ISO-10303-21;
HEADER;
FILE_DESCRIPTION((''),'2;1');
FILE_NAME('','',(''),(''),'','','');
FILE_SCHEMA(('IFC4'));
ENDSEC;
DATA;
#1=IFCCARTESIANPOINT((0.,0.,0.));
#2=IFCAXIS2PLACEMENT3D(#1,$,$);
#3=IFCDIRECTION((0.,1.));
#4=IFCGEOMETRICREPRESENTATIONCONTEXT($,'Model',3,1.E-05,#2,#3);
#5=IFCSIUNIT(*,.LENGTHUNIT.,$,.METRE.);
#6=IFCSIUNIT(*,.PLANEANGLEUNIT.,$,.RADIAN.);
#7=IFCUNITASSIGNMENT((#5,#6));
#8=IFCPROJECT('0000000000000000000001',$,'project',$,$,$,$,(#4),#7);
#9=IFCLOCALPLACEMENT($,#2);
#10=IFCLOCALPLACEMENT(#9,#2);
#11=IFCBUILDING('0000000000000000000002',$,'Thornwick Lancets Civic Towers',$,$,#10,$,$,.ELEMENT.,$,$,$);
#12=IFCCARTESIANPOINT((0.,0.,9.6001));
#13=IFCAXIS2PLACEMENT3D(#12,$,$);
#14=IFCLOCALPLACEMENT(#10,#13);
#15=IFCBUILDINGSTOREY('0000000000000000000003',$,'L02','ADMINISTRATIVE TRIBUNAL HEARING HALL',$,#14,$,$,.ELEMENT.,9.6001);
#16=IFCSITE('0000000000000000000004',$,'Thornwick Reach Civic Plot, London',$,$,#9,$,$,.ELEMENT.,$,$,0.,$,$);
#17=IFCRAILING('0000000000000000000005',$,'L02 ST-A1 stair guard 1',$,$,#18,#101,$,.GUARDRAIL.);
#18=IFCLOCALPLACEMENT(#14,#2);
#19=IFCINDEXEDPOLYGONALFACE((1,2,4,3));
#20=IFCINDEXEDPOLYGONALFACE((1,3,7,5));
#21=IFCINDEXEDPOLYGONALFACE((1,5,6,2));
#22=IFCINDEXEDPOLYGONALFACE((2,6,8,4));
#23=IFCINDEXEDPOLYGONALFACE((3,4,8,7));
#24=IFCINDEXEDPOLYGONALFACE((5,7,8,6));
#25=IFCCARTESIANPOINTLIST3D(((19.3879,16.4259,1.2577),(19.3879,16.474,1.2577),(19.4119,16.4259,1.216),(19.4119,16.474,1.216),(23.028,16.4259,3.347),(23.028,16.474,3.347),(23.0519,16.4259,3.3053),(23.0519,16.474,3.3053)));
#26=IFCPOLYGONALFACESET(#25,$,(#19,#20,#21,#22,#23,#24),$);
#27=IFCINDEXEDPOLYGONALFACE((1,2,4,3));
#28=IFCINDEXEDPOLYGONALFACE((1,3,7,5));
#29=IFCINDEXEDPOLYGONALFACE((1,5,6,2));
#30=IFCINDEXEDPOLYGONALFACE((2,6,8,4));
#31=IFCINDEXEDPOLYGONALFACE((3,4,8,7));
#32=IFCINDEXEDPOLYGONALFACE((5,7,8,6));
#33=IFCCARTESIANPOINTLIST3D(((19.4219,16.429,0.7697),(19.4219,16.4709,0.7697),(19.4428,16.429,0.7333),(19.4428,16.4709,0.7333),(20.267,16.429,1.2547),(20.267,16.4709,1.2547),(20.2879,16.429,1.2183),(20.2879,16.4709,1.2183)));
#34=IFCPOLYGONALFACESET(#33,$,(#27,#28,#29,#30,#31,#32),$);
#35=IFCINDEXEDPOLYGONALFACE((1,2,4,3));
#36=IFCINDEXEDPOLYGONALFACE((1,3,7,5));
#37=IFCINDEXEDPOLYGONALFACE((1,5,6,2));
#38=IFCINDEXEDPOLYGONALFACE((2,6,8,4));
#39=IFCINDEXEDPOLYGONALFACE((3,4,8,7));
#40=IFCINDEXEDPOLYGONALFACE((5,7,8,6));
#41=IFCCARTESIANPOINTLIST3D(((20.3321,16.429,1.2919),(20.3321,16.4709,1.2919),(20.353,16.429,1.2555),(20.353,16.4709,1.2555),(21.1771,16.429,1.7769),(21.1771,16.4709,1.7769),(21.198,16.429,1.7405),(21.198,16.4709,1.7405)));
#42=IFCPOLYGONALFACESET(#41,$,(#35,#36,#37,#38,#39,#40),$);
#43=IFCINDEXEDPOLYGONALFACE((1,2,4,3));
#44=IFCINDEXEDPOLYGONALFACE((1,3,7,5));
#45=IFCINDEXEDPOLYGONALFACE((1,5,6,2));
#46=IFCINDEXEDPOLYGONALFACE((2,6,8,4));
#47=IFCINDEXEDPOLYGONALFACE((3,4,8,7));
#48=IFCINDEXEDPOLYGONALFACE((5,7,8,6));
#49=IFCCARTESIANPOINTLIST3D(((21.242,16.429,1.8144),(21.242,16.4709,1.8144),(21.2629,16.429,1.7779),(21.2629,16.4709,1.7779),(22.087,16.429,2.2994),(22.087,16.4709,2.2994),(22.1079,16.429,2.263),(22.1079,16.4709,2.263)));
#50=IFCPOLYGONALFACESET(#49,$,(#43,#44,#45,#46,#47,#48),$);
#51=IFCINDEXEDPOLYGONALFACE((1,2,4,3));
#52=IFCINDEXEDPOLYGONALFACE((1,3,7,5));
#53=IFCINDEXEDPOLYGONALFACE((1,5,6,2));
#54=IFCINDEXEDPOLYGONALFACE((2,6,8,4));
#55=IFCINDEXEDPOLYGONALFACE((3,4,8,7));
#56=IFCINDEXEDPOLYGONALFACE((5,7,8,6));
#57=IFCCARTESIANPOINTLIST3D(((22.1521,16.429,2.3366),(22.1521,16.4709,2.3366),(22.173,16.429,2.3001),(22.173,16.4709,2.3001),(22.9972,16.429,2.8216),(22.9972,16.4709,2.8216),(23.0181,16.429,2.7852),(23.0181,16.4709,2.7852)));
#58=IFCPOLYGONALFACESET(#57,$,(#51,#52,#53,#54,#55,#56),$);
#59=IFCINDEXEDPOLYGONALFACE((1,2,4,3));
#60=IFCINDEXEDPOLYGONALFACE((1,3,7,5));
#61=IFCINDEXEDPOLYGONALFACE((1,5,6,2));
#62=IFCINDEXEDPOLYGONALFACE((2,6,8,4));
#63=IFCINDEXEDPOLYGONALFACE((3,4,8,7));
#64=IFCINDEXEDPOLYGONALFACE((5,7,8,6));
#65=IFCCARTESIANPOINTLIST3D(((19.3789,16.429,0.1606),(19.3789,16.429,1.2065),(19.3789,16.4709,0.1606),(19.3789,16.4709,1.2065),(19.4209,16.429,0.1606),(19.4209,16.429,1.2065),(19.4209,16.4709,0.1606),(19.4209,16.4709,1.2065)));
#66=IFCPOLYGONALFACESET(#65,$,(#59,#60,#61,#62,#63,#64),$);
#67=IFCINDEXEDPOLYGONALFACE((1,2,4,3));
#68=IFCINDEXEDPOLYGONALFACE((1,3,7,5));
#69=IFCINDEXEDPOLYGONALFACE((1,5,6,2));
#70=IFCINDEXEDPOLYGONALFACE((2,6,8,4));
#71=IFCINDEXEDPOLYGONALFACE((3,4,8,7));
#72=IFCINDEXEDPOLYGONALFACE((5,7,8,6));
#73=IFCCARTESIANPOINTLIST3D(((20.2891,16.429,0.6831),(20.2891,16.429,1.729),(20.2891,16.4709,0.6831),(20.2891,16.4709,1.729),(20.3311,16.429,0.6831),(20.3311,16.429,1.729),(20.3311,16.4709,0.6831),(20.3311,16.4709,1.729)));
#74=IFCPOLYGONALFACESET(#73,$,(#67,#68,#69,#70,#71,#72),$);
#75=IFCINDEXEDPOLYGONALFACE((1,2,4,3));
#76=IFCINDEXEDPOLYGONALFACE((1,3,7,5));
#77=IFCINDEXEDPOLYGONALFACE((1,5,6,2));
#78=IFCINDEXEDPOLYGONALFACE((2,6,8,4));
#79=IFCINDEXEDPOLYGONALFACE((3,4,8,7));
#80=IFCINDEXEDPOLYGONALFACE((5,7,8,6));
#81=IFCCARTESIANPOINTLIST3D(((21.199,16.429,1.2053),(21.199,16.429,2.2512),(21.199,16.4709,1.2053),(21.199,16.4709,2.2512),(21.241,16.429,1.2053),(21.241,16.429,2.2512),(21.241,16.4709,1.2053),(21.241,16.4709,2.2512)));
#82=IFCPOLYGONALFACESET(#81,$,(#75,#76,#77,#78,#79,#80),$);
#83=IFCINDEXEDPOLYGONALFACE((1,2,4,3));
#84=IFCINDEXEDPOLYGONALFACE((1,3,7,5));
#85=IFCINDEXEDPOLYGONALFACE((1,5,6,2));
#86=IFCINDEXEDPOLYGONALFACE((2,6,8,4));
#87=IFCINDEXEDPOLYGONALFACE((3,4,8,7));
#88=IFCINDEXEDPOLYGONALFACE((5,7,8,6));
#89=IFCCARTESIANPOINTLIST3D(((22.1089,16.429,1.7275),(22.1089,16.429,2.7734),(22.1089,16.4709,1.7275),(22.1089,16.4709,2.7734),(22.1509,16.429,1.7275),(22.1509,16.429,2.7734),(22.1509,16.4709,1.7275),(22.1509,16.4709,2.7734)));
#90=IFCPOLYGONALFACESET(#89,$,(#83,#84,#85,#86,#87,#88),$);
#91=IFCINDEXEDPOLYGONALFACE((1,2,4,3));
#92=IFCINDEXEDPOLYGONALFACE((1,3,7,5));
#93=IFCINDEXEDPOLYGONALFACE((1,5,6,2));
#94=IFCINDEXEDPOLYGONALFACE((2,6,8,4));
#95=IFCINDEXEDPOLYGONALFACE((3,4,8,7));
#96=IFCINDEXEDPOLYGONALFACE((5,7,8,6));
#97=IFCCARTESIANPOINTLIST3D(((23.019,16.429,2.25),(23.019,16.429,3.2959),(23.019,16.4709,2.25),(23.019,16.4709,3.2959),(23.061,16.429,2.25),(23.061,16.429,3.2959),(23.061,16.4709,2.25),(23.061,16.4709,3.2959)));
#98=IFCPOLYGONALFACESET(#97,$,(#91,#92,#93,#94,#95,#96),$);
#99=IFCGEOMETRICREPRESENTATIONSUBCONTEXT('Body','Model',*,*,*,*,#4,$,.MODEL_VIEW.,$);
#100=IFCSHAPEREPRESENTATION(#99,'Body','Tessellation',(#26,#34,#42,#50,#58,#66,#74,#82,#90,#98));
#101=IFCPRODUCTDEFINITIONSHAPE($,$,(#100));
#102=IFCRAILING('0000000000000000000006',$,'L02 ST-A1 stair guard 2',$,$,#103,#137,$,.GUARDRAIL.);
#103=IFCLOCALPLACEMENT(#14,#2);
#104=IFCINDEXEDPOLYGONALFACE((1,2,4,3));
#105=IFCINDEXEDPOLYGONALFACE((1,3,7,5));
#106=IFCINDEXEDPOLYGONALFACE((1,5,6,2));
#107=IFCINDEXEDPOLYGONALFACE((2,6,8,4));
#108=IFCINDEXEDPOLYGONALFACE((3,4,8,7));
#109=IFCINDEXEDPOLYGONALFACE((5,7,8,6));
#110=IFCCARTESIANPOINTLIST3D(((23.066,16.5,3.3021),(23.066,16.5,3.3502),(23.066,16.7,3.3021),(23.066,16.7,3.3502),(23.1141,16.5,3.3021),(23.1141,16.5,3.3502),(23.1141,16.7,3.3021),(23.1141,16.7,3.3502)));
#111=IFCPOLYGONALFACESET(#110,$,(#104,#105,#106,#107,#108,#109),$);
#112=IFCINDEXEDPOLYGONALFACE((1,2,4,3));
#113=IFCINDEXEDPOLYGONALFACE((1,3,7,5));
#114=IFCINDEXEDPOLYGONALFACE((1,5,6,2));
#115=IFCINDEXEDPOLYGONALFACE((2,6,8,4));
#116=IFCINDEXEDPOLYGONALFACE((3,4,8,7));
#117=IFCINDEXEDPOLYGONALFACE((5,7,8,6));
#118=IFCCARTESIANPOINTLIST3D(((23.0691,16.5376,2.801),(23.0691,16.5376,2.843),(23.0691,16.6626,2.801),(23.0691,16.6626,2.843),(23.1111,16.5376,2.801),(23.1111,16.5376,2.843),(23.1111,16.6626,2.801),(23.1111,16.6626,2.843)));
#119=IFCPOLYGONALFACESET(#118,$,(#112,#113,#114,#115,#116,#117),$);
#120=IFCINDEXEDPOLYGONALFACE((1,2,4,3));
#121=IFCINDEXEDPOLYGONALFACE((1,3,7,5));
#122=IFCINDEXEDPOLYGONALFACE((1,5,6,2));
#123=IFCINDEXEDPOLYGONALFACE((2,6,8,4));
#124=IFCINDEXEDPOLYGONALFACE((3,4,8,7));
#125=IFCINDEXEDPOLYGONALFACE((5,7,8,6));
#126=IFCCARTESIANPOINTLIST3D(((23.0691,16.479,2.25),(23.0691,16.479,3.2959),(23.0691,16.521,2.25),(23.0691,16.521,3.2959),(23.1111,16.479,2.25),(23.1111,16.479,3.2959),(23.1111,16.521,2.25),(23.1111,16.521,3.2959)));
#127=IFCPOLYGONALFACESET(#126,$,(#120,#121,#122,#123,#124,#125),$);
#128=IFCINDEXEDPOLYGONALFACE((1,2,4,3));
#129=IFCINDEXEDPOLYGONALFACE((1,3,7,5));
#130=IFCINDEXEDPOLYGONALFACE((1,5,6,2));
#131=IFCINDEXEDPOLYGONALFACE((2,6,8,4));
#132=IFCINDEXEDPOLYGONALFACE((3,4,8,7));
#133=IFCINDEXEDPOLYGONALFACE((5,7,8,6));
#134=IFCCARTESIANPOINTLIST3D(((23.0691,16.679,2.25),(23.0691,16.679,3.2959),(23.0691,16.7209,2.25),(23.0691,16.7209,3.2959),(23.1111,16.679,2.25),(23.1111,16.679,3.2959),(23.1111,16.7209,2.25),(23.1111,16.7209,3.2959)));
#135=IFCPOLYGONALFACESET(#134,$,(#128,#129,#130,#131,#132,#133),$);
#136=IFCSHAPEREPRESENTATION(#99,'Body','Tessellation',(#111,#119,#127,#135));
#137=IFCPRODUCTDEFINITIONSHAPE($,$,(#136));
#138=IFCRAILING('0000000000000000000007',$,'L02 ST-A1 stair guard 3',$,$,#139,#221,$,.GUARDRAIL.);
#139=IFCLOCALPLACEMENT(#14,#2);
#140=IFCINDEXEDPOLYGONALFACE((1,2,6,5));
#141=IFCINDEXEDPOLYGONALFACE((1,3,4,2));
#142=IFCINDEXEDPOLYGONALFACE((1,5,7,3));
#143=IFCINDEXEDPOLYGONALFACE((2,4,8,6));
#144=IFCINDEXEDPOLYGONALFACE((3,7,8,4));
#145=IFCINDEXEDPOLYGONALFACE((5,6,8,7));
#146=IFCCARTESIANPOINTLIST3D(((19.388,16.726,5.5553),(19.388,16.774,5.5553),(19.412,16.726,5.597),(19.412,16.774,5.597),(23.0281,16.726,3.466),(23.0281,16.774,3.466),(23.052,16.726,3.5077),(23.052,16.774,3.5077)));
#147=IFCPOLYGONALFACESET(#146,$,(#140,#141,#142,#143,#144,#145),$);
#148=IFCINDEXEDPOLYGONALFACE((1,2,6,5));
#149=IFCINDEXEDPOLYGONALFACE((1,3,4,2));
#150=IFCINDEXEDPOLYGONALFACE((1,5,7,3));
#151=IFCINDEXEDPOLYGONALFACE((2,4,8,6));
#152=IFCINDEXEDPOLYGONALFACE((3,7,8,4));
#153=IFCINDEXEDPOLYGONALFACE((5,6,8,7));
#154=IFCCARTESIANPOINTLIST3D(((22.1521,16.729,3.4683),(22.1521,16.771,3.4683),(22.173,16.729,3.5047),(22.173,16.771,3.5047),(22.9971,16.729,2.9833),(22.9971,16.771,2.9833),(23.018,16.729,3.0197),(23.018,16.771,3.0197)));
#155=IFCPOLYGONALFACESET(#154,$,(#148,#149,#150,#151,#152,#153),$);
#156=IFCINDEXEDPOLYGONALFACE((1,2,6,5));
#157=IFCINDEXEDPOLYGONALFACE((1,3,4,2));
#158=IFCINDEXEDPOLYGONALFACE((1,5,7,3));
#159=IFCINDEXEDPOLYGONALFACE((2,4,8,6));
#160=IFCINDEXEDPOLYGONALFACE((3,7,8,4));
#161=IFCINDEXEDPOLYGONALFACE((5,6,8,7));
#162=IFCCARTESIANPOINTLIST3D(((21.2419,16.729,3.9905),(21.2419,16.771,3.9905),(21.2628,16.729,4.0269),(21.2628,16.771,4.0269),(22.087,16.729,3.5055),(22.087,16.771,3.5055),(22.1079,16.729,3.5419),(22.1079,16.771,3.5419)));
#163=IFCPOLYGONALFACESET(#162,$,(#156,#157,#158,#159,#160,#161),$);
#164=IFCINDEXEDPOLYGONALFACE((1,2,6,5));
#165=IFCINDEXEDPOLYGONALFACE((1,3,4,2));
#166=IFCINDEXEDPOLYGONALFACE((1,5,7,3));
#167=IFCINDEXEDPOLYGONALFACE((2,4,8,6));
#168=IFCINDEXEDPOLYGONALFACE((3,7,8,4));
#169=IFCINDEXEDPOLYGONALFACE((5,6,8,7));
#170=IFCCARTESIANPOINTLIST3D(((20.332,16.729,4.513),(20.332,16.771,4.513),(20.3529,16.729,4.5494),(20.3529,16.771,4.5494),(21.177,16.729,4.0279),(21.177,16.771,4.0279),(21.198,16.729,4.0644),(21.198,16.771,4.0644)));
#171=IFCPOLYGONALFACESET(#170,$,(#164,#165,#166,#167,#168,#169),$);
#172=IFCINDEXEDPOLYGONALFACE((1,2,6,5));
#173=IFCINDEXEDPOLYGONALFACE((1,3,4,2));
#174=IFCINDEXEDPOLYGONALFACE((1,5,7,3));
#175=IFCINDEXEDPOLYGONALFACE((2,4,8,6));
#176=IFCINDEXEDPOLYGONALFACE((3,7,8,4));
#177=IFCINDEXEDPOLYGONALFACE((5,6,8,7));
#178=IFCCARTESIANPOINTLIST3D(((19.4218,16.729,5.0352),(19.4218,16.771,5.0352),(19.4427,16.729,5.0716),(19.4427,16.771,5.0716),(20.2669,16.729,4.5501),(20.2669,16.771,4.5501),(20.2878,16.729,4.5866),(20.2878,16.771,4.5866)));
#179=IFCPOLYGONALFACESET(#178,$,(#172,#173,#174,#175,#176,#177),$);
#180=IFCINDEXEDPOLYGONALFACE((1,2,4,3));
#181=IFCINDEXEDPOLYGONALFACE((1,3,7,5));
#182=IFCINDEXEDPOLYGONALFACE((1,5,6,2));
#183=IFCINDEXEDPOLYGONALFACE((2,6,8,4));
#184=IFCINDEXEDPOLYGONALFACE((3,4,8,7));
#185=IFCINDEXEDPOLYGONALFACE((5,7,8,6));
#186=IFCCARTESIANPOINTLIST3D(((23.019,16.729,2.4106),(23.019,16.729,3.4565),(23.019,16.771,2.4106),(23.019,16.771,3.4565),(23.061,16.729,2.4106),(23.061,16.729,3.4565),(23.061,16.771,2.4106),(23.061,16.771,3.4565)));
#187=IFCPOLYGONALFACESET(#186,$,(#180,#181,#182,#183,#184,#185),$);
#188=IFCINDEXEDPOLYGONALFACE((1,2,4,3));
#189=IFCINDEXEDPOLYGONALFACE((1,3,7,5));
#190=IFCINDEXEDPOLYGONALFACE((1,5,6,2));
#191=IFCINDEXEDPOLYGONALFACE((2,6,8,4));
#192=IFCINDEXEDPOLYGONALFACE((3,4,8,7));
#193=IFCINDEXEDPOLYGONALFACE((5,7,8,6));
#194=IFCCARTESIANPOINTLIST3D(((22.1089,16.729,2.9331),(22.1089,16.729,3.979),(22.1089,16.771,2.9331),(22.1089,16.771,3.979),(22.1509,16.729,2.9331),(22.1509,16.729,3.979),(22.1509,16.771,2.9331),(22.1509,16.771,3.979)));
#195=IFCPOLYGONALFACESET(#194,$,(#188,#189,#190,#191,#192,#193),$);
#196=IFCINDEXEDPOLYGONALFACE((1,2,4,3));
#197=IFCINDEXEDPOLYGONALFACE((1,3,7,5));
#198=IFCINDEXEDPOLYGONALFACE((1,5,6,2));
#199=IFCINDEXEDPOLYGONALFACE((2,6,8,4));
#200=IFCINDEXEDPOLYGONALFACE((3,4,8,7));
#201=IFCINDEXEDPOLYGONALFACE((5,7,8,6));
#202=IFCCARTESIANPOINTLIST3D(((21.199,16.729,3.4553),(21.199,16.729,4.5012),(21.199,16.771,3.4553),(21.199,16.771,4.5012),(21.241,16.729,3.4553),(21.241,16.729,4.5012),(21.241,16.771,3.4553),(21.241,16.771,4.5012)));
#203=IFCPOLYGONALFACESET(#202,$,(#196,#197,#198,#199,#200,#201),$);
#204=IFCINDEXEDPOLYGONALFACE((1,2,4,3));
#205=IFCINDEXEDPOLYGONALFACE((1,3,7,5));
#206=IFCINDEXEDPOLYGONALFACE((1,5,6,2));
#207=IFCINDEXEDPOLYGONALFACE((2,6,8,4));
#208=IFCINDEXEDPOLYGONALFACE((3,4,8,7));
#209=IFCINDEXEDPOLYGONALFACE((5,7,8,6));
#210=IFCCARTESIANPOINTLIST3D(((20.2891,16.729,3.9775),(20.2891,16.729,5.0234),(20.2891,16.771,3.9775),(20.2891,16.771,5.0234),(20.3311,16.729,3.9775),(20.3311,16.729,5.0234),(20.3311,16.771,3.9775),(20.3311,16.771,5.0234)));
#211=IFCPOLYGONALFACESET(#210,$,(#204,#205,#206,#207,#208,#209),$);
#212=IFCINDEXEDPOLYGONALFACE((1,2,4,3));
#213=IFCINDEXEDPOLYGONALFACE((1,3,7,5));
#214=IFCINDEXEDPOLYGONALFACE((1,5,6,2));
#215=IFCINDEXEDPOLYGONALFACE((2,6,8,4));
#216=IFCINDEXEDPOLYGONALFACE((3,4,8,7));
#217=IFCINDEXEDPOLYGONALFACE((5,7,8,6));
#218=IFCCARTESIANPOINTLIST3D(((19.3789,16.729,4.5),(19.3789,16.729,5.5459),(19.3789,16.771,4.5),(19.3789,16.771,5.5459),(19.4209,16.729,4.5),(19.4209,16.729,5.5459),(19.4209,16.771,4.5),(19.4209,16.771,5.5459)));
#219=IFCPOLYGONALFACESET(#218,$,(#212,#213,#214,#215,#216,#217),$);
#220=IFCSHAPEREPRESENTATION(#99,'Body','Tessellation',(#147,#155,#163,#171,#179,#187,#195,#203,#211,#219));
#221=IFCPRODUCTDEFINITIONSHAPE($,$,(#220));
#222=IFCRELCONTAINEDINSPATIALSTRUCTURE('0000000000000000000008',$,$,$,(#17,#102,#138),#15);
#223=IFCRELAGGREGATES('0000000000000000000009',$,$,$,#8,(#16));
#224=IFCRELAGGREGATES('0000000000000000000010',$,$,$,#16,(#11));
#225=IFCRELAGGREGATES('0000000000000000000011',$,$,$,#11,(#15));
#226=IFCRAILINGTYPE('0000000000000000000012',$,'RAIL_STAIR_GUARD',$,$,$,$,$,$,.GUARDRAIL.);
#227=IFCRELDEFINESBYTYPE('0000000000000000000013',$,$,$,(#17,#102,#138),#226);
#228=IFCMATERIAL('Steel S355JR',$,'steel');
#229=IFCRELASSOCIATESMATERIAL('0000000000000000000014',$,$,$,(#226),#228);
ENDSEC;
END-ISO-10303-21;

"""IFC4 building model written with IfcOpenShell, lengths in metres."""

from ifc_helpers import new_model, si_unit, direction, frame, origin, origin_2d, place, context, subcontext, project, spatial, rectangle, extrude, material, type_object, element, save


model = new_model("IFC4")

# Units and contexts
model_context = context("Model", 3, precision=1e-05, world=origin(), true_north=direction((0.0, 1.0)))
body_context = subcontext(model_context, "Body", "Model", "MODEL_VIEW")
ifc_project = project(units=[si_unit("LENGTHUNIT", "METRE"), si_unit("PLANEANGLEUNIT", "RADIAN")], contexts=[model_context])

# Site, building, storey
site_placement = place(None, origin())
site = spatial("IfcSite", under=ifc_project, at=site_placement, Name="Thornwick Reach Civic Plot, London", CompositionType="ELEMENT", RefElevation=0.0)
building_placement = place(site_placement, origin())
building = spatial("IfcBuilding", under=site, at=building_placement, Name="Thornwick Lancets Civic Towers", CompositionType="ELEMENT")
storey_placement = place(building_placement, frame((0.0, 0.0, 9.6001)))
storey = spatial("IfcBuildingStorey", under=building, at=storey_placement, Name="L02", Description="ADMINISTRATIVE TRIBUNAL HEARING HALL", CompositionType="ELEMENT", Elevation=9.6001)

# Shared definitions
ifc_material_1 = material(Name="Steel S355JR", Category="steel")

# Railings
railing_type_1 = type_object("IfcRailingType", Name="RAIL_STAIR_GUARD", PredefinedType="GUARDRAIL", material=ifc_material_1)
railing_1_placement = place(storey_placement, frame((19.3999, 16.45, 0.1606)))
element("IfcRailing", 1, at=railing_1_placement, inside=storey, type_object=railing_type_1, Name="L02 ST-A1 stair guard 1", PredefinedType="GUARDRAIL", context=body_context, shape_type="SweptSolid", body=[
    extrude(rectangle(XDim=0.0481, YDim=0.0481, at=origin_2d()), frame((0.0, 0.0, 1.0762), z_axis=(0.867289, 0.0, 0.497804), x_axis=(0.0, 1.0, 0.0)), (0.0, 0.0, 1.0), 4.197),
    extrude(rectangle(XDim=0.042, YDim=0.042, at=origin_2d()), frame((0.0325, 0.0, 0.5908), z_axis=(0.867289, 0.0, 0.497804), x_axis=(0.0, 1.0, 0.0)), (0.0, 0.0, 1.0), 0.9744),
    extrude(rectangle(XDim=0.042, YDim=0.042, at=origin_2d()), frame((0.9426, 0.0, 1.113), z_axis=(0.867289, 0.0, 0.497804), x_axis=(0.0, 1.0, 0.0)), (0.0, 0.0, 1.0), 0.9744),
    extrude(rectangle(XDim=0.042, YDim=0.042, at=origin_2d()), frame((1.8525, 0.0, 1.6355), z_axis=(0.867289, 0.0, 0.497804), x_axis=(0.0, 1.0, 0.0)), (0.0, 0.0, 1.0), 0.9744),
    extrude(rectangle(XDim=0.042, YDim=0.042, at=origin_2d()), frame((2.7627, 0.0, 2.1577), z_axis=(0.867289, 0.0, 0.497804), x_axis=(0.0, 1.0, 0.0)), (0.0, 0.0, 1.0), 0.9744),
    extrude(rectangle(XDim=0.042, YDim=0.042, at=origin_2d()), origin(), (0.0, 0.0, 1.0), 1.0459),
    extrude(rectangle(XDim=0.042, YDim=0.042, at=origin_2d()), frame((0.9102, 0.0, 0.5225)), (0.0, 0.0, 1.0), 1.0459),
    extrude(rectangle(XDim=0.042, YDim=0.042, at=origin_2d()), frame((1.8201, 0.0, 1.0447)), (0.0, 0.0, 1.0), 1.0459),
    extrude(rectangle(XDim=0.042, YDim=0.042, at=origin_2d()), frame((2.73, 0.0, 1.5669)), (0.0, 0.0, 1.0), 1.0459),
    extrude(rectangle(XDim=0.042, YDim=0.042, at=origin_2d()), frame((3.6401, 0.0, 2.0894)), (0.0, 0.0, 1.0), 1.0459),
])
railing_2_placement = place(storey_placement, frame((23.0901, 16.5, 2.25)))
element("IfcRailing", 2, at=railing_2_placement, inside=storey, type_object=railing_type_1, Name="L02 ST-A1 stair guard 2", PredefinedType="GUARDRAIL", context=body_context, shape_type="SweptSolid", body=[
    extrude(rectangle(XDim=0.0481, YDim=0.0481, at=origin_2d()), frame((0.0, 0.0, 1.0762), z_axis=(0.0, 1.0, 0.0), x_axis=(-1.0, 0.0, 0.0)), (0.0, 0.0, 1.0), 0.2),
    extrude(rectangle(XDim=0.042, YDim=0.042, at=origin_2d()), frame((0.0, 0.0376, 0.572), z_axis=(0.0, 1.0, 0.0), x_axis=(-1.0, 0.0, 0.0)), (0.0, 0.0, 1.0), 0.125),
    extrude(rectangle(XDim=0.042, YDim=0.042, at=origin_2d()), origin(), (0.0, 0.0, 1.0), 1.0459),
    extrude(rectangle(XDim=0.042, YDim=0.042, at=origin_2d()), frame((0.0, 0.2, 0.0)), (0.0, 0.0, 1.0), 1.0459),
])
railing_3_placement = place(storey_placement, frame((23.04, 16.75, 2.4106)))
element("IfcRailing", 3, at=railing_3_placement, inside=storey, type_object=railing_type_1, Name="L02 ST-A1 stair guard 3", PredefinedType="GUARDRAIL", context=body_context, shape_type="SweptSolid", body=[
    extrude(rectangle(XDim=0.0481, YDim=0.0481, at=origin_2d()), frame((0.0, 0.0, 1.0762), z_axis=(-0.867289, 0.0, 0.497804), x_axis=(0.0, -1.0, 0.0)), (0.0, 0.0, 1.0), 4.197),
    extrude(rectangle(XDim=0.042, YDim=0.042, at=origin_2d()), frame((-0.0325, 0.0, 0.5908), z_axis=(-0.867289, 0.0, 0.497804), x_axis=(0.0, -1.0, 0.0)), (0.0, 0.0, 1.0), 0.9744),
    extrude(rectangle(XDim=0.042, YDim=0.042, at=origin_2d()), frame((-0.9426, 0.0, 1.113), z_axis=(-0.867289, 0.0, 0.497804), x_axis=(0.0, -1.0, 0.0)), (0.0, 0.0, 1.0), 0.9744),
    extrude(rectangle(XDim=0.042, YDim=0.042, at=origin_2d()), frame((-1.8525, 0.0, 1.6355), z_axis=(-0.867289, 0.0, 0.497804), x_axis=(0.0, -1.0, 0.0)), (0.0, 0.0, 1.0), 0.9744),
    extrude(rectangle(XDim=0.042, YDim=0.042, at=origin_2d()), frame((-2.7627, 0.0, 2.1577), z_axis=(-0.867289, 0.0, 0.497804), x_axis=(0.0, -1.0, 0.0)), (0.0, 0.0, 1.0), 0.9744),
    extrude(rectangle(XDim=0.042, YDim=0.042, at=origin_2d()), origin(), (0.0, 0.0, 1.0), 1.0459),
    extrude(rectangle(XDim=0.042, YDim=0.042, at=origin_2d()), frame((-0.9102, 0.0, 0.5225)), (0.0, 0.0, 1.0), 1.0459),
    extrude(rectangle(XDim=0.042, YDim=0.042, at=origin_2d()), frame((-1.8201, 0.0, 1.0447)), (0.0, 0.0, 1.0), 1.0459),
    extrude(rectangle(XDim=0.042, YDim=0.042, at=origin_2d()), frame((-2.73, 0.0, 1.5669)), (0.0, 0.0, 1.0), 1.0459),
    extrude(rectangle(XDim=0.042, YDim=0.042, at=origin_2d()), frame((-3.6401, 0.0, 2.0894)), (0.0, 0.0, 1.0), 1.0459),
])

save(model, "model.ifc")
